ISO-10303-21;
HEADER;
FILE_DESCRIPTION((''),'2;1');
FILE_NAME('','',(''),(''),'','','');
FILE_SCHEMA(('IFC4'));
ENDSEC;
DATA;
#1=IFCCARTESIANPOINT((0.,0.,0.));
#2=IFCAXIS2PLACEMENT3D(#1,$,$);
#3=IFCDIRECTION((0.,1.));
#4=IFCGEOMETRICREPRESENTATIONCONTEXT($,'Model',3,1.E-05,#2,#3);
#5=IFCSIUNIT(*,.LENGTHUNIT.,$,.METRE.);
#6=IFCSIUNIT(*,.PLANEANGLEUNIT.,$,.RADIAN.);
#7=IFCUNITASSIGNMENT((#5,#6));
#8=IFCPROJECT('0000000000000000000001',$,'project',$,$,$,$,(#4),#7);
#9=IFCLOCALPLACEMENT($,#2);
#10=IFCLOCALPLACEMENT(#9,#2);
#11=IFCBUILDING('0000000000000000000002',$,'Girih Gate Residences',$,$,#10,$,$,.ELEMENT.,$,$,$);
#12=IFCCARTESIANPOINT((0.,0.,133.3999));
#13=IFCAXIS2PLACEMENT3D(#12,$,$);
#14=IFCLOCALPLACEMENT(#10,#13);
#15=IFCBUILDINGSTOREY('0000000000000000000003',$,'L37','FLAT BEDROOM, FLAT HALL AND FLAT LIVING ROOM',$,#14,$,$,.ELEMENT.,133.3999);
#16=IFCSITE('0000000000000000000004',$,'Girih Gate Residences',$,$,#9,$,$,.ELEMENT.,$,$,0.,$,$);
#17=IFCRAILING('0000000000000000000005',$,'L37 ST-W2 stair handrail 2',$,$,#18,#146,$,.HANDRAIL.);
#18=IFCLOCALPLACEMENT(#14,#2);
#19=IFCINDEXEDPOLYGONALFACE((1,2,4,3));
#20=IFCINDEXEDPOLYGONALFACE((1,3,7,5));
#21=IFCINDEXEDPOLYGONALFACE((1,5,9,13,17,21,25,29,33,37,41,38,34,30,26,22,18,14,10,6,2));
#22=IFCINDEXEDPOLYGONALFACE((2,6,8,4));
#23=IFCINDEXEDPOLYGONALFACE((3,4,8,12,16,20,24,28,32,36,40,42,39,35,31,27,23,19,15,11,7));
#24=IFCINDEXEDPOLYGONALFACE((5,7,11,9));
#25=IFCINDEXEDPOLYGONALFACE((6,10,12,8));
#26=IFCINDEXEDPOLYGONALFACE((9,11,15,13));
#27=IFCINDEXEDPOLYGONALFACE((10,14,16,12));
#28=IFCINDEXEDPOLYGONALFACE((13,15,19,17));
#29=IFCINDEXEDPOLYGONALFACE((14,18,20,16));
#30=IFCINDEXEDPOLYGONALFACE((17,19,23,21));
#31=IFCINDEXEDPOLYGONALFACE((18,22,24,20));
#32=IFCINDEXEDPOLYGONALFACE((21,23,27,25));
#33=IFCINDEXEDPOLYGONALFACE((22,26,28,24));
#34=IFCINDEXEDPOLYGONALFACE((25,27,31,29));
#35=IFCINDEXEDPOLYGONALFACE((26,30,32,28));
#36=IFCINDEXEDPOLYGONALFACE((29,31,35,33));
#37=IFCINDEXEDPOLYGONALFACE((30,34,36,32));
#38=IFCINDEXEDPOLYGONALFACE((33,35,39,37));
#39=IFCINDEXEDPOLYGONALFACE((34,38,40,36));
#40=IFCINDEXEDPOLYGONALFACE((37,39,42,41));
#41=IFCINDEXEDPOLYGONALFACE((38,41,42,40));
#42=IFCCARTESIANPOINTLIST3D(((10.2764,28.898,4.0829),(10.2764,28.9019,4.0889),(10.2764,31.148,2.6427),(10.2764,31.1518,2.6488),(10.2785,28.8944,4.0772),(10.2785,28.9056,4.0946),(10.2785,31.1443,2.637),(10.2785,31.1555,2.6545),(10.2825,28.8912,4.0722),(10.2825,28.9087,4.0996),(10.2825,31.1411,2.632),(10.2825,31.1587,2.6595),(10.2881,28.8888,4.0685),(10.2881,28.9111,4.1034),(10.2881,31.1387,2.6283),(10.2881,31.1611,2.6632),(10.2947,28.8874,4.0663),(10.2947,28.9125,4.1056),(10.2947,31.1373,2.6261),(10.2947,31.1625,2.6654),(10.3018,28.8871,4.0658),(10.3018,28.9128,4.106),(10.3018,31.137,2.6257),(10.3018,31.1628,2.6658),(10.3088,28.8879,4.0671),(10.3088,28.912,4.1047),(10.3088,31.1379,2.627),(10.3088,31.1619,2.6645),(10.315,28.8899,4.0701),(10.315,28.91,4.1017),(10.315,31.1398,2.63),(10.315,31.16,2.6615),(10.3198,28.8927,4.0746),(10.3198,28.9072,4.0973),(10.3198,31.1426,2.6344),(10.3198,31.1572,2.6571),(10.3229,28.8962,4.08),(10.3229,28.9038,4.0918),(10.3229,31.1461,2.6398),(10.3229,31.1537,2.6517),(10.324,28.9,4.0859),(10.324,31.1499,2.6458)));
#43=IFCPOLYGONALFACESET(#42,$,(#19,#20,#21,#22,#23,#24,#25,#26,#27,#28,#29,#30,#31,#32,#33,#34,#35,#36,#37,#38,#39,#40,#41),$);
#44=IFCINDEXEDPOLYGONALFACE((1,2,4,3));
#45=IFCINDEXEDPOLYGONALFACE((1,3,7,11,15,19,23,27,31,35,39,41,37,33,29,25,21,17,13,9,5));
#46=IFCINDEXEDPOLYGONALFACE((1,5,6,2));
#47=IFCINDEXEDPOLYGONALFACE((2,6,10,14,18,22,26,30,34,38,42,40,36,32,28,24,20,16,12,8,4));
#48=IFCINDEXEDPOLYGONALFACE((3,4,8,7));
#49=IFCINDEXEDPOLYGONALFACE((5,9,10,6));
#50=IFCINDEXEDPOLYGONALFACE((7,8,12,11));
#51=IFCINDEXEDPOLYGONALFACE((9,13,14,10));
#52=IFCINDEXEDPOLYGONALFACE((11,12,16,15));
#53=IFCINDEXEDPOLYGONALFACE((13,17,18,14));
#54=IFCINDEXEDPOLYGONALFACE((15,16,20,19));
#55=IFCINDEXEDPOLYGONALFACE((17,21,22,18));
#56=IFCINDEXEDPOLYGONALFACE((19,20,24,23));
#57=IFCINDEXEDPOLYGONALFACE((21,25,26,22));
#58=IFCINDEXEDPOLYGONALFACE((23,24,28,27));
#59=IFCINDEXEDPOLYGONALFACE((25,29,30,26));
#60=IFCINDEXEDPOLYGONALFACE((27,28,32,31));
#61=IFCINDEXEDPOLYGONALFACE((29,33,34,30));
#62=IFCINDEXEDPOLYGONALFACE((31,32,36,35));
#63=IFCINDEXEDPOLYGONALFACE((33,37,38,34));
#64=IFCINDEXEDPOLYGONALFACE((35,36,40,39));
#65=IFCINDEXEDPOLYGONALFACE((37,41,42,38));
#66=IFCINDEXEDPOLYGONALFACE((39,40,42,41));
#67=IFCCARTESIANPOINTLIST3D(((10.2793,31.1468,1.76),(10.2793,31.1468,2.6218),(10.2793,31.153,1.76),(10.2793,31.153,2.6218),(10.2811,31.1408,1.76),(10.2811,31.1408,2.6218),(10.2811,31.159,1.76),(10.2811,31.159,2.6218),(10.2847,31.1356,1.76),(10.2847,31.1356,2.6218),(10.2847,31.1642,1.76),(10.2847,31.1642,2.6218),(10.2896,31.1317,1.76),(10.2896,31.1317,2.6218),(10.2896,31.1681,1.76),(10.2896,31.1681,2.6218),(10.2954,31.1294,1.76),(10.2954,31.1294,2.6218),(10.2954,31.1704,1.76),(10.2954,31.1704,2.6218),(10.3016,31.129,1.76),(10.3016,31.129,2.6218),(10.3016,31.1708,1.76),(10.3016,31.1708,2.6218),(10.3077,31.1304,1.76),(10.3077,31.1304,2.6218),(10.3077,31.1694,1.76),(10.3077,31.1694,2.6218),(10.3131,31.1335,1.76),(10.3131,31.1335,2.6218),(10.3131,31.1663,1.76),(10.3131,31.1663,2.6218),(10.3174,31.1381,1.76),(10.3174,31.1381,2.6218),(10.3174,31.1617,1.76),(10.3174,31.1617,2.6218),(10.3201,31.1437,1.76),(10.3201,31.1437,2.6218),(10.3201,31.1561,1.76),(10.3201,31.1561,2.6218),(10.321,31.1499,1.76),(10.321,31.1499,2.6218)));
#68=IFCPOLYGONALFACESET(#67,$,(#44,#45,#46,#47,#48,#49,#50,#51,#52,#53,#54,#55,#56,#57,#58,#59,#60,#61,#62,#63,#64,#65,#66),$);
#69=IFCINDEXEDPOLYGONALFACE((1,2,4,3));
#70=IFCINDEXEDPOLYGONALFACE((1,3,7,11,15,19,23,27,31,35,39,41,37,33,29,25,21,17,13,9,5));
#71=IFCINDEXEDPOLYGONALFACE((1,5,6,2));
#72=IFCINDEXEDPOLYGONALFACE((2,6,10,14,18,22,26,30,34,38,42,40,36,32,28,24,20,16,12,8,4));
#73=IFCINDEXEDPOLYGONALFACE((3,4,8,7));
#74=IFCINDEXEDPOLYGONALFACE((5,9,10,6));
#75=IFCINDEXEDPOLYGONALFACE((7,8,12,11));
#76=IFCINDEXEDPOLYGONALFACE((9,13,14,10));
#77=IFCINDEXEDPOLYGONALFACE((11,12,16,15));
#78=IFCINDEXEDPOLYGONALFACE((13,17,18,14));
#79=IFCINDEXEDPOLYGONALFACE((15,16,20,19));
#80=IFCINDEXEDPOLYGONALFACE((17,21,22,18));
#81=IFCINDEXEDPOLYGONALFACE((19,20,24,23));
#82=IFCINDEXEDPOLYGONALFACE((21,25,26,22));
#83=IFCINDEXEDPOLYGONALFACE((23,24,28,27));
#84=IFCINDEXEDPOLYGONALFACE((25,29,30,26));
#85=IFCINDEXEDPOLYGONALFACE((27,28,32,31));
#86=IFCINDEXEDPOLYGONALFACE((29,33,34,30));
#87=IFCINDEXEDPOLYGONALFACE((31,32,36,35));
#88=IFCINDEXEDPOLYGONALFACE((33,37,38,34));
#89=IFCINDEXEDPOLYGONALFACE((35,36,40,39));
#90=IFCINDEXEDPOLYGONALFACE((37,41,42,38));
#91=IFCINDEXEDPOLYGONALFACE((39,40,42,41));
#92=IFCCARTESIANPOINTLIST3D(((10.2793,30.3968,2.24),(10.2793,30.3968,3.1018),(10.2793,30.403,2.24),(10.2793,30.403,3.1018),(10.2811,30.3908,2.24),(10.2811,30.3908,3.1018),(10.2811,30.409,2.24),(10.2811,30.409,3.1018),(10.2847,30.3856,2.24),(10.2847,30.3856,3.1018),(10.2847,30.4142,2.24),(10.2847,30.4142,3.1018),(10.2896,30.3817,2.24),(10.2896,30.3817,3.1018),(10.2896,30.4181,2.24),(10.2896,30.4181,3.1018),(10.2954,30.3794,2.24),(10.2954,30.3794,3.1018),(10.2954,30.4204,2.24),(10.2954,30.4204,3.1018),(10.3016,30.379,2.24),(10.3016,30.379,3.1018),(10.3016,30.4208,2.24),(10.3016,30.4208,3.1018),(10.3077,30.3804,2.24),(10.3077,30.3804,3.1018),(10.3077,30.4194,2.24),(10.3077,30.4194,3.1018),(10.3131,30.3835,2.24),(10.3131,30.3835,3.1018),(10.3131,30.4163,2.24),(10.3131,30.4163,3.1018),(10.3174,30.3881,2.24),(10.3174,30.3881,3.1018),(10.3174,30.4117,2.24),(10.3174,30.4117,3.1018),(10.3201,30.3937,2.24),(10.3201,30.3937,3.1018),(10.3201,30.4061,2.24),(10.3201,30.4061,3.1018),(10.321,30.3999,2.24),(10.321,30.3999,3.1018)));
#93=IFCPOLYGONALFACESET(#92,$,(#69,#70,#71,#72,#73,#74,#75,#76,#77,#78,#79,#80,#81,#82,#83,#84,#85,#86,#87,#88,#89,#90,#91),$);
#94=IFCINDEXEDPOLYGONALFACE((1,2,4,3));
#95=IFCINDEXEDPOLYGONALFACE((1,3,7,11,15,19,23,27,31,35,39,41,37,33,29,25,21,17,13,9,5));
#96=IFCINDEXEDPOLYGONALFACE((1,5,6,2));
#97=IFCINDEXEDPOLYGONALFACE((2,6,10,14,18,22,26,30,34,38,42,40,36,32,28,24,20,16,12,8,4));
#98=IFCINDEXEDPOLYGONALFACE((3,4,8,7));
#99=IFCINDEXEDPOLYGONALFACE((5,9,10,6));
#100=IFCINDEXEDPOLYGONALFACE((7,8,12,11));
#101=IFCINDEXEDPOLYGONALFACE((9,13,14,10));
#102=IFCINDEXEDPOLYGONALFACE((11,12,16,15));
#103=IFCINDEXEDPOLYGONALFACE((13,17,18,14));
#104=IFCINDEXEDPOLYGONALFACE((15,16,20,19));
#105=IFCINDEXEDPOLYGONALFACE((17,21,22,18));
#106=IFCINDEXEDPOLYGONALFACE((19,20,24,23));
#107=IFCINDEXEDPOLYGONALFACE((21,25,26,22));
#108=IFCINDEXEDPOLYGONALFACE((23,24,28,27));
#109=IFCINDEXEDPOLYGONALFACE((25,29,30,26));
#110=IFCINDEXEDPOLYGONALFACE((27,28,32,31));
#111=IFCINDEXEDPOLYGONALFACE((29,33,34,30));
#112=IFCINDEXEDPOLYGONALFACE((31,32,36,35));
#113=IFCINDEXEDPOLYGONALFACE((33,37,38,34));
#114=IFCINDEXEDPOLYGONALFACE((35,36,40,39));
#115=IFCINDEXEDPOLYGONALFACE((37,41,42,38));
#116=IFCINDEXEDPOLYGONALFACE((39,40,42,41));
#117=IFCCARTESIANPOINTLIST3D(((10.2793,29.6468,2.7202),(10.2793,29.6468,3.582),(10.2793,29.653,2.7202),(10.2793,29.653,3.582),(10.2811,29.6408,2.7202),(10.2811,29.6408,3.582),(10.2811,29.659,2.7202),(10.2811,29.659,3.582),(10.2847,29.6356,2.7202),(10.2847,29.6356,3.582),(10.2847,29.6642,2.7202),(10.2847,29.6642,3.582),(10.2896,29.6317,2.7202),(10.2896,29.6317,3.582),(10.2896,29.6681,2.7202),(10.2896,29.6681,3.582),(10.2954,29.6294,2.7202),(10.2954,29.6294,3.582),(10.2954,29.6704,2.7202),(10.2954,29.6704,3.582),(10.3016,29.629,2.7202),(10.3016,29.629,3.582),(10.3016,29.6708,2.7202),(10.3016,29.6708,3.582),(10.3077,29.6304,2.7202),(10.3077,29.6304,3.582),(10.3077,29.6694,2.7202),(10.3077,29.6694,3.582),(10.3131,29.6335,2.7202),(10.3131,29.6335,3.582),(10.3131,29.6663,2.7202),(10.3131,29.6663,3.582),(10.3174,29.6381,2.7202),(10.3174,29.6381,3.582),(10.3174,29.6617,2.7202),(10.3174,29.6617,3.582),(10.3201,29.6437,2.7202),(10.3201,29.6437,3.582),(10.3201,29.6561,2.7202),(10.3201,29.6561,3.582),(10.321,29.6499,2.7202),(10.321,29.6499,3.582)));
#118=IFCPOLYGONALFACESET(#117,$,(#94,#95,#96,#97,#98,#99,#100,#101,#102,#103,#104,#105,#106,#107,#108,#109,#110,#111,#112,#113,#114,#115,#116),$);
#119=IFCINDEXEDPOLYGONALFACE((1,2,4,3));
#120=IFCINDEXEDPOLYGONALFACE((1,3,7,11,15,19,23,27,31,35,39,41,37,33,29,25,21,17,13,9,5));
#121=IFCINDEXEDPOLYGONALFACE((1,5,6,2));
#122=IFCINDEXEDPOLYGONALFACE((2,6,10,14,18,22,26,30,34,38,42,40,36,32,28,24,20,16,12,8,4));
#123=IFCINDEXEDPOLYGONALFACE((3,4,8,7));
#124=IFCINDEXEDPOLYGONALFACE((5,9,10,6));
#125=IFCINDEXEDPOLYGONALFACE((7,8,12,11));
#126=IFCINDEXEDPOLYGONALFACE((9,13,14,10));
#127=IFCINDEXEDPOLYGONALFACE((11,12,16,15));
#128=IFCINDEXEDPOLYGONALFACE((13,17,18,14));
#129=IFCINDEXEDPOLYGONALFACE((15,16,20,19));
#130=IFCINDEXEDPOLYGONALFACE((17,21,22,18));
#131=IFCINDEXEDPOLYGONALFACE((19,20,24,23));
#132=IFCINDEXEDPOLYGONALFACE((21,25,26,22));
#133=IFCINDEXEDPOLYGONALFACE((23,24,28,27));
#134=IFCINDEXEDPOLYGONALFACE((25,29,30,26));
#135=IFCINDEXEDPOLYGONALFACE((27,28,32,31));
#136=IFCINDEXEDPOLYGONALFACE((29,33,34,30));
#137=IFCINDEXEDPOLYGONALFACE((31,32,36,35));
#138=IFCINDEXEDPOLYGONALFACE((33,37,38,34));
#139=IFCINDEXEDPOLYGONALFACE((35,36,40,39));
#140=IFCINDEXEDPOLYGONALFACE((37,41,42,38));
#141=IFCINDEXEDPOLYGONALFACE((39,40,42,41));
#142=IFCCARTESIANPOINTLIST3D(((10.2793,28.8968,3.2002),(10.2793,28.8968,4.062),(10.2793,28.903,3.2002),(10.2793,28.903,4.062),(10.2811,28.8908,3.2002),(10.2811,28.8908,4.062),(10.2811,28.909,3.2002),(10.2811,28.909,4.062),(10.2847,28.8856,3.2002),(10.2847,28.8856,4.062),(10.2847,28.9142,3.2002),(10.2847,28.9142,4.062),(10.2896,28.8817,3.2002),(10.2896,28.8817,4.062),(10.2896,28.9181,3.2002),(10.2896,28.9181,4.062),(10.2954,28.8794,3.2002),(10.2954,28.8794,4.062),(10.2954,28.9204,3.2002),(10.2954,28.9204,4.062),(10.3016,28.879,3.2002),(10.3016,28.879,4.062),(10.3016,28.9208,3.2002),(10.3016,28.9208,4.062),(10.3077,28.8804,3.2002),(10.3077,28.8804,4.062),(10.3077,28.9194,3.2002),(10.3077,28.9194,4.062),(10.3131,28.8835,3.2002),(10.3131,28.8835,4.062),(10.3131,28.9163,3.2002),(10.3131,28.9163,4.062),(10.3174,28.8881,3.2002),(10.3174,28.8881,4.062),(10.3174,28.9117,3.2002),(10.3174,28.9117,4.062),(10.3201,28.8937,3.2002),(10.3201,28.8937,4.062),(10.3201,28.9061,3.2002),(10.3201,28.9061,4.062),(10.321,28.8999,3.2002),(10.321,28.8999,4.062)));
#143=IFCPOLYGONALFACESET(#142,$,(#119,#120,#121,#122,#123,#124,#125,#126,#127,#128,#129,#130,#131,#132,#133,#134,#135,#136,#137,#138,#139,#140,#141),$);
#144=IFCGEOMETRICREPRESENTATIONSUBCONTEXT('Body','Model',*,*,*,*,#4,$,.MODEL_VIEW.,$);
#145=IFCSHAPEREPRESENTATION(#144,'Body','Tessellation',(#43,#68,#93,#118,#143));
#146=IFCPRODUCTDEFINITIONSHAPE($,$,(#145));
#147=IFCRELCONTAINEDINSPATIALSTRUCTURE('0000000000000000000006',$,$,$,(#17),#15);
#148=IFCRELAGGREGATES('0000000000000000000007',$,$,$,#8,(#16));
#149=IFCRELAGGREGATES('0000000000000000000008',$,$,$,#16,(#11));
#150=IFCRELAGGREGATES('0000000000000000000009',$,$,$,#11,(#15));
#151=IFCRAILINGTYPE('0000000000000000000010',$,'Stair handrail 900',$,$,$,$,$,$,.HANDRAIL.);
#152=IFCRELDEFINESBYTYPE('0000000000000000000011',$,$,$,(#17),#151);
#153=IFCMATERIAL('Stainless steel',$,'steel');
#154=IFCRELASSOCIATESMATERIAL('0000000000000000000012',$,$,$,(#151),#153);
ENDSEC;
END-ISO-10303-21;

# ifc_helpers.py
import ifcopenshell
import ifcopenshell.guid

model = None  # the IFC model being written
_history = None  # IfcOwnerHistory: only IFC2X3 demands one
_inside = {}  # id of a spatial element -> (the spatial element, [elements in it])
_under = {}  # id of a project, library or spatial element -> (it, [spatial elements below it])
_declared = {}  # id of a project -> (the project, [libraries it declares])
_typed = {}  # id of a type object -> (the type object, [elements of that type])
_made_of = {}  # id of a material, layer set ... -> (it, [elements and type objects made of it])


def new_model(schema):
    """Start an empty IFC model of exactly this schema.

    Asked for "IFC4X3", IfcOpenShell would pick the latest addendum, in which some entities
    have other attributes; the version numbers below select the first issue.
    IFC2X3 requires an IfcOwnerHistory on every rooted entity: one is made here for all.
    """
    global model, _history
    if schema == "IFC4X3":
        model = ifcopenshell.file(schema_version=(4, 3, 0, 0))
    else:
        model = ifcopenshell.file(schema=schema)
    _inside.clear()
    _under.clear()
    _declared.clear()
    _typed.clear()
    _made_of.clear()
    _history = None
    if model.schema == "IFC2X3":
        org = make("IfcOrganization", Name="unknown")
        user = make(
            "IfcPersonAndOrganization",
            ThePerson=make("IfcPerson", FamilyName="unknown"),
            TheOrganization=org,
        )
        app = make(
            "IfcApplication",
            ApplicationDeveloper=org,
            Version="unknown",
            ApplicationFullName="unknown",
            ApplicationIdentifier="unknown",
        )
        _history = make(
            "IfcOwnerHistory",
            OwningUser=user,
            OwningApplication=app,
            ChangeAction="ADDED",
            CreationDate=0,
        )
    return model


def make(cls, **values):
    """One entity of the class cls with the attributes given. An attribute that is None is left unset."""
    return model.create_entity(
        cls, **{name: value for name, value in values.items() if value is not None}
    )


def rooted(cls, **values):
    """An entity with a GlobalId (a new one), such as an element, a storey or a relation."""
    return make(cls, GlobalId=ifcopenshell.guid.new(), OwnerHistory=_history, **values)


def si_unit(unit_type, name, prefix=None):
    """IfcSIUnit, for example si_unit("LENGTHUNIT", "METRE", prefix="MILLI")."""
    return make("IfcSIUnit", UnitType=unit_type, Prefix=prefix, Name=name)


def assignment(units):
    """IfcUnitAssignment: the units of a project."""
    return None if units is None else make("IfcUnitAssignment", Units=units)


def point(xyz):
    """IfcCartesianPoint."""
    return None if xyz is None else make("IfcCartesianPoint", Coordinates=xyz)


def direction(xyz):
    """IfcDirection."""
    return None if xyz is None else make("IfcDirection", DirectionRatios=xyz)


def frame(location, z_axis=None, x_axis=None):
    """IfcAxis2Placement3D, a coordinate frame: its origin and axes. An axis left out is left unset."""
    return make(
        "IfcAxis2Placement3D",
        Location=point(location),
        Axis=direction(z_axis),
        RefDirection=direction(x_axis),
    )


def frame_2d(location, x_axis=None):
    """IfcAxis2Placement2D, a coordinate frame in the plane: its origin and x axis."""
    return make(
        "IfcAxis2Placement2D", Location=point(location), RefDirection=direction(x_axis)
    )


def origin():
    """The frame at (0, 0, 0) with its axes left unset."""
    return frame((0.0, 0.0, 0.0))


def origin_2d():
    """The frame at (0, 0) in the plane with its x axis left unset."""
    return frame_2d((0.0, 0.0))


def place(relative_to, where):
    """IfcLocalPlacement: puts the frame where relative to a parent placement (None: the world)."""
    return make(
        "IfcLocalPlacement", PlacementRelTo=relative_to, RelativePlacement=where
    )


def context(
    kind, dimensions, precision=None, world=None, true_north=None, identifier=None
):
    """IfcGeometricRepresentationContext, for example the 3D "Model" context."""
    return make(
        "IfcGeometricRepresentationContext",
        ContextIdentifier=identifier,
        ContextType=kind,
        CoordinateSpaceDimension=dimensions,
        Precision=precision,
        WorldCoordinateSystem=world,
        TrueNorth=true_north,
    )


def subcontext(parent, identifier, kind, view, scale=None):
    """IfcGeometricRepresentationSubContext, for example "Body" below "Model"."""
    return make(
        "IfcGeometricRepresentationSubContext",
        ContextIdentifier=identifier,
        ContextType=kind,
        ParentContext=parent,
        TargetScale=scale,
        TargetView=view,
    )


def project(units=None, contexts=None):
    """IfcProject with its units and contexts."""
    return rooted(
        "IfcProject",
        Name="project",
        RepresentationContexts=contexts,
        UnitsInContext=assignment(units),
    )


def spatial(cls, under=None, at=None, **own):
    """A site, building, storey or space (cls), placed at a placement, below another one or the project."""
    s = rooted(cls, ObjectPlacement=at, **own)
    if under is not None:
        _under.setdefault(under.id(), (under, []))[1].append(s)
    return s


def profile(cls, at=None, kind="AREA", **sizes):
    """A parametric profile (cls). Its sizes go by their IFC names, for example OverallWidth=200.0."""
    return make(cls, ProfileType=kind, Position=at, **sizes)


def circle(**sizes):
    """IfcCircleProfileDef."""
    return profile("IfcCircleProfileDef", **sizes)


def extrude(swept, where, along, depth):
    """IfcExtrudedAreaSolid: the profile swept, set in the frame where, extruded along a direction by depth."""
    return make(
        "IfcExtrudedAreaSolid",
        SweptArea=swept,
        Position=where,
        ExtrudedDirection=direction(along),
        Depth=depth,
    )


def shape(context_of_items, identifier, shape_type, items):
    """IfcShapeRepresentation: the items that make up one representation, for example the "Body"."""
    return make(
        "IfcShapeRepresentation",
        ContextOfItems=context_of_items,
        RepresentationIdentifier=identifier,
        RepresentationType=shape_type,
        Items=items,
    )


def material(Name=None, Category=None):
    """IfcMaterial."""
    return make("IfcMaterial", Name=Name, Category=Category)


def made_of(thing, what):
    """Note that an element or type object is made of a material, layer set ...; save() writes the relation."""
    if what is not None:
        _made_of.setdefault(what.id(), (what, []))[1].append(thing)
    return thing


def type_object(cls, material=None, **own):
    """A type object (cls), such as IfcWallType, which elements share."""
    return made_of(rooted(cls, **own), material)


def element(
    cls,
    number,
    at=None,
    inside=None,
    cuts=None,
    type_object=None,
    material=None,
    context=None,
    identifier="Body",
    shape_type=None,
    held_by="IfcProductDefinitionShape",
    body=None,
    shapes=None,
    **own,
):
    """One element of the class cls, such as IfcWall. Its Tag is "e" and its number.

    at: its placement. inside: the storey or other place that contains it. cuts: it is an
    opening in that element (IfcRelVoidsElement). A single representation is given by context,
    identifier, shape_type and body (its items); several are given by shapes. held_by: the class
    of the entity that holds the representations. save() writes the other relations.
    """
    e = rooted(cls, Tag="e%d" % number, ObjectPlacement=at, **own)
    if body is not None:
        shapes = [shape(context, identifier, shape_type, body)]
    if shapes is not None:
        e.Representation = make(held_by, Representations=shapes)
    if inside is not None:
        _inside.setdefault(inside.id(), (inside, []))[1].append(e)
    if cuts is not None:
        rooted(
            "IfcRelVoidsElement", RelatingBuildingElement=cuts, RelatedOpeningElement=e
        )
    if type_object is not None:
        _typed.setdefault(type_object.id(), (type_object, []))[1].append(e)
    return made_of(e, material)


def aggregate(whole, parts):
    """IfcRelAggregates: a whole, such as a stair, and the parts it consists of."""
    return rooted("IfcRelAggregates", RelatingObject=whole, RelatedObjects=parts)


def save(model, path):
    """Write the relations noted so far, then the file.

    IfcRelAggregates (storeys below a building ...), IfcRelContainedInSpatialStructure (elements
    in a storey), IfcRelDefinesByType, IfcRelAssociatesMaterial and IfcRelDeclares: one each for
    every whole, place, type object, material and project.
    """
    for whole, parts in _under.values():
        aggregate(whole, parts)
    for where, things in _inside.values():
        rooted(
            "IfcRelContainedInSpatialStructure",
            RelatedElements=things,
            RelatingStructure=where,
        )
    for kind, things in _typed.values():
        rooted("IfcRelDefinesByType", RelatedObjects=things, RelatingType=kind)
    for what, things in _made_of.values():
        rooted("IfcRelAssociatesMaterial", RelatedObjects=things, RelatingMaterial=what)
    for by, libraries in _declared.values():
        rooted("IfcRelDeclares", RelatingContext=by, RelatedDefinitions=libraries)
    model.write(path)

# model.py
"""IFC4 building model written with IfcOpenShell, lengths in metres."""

from ifc_helpers import new_model, si_unit, direction, frame, origin, origin_2d, place, context, subcontext, project, spatial, circle, extrude, material, type_object, element, save


model = new_model("IFC4")

# Units and contexts
model_context = context("Model", 3, precision=1e-05, world=origin(), true_north=direction((0.0, 1.0)))
body_context = subcontext(model_context, "Body", "Model", "MODEL_VIEW")
ifc_project = project(units=[si_unit("LENGTHUNIT", "METRE"), si_unit("PLANEANGLEUNIT", "RADIAN")], contexts=[model_context])

# Site, building, storey
site_placement = place(None, origin())
site = spatial("IfcSite", under=ifc_project, at=site_placement, Name="Girih Gate Residences", CompositionType="ELEMENT", RefElevation=0.0)
building_placement = place(site_placement, origin())
building = spatial("IfcBuilding", under=site, at=building_placement, Name="Girih Gate Residences", CompositionType="ELEMENT")
storey_placement = place(building_placement, frame((0.0, 0.0, 133.3999)))
storey = spatial("IfcBuildingStorey", under=building, at=storey_placement, Name="L37", Description="FLAT BEDROOM, FLAT HALL AND FLAT LIVING ROOM", CompositionType="ELEMENT", Elevation=133.3999)

# Railing
ifc_material_1 = material(Name="Stainless steel", Category="steel")
railing_type_1 = type_object("IfcRailingType", Name="Stair handrail 900", PredefinedType="HANDRAIL", material=ifc_material_1)
railing_1_placement = place(storey_placement, frame((10.3, 31.1499, 1.76)))
element("IfcRailing", 1, at=railing_1_placement, inside=storey, type_object=railing_type_1, Name="L37 ST-W2 stair handrail 2", PredefinedType="HANDRAIL", context=body_context, shape_type="SweptSolid", body=[
    extrude(circle(Radius=0.0239, at=origin_2d()), frame((0.0, 0.0, 0.8857), z_axis=(0.0, -0.84224, 0.539103), x_axis=(1.0, 0.0, 0.0)), (0.0, 0.0, 1.0), 2.6714),
    extrude(circle(Radius=0.021, at=origin_2d()), origin(), (0.0, 0.0, 1.0), 0.8618),
    extrude(circle(Radius=0.021, at=origin_2d()), frame((0.0, -0.75, 0.48)), (0.0, 0.0, 1.0), 0.8618),
    extrude(circle(Radius=0.021, at=origin_2d()), frame((0.0, -1.5, 0.9602)), (0.0, 0.0, 1.0), 0.8618),
    extrude(circle(Radius=0.021, at=origin_2d()), frame((0.0, -2.25, 1.4402)), (0.0, 0.0, 1.0), 0.8618),
])

save(model, "model.ifc")
